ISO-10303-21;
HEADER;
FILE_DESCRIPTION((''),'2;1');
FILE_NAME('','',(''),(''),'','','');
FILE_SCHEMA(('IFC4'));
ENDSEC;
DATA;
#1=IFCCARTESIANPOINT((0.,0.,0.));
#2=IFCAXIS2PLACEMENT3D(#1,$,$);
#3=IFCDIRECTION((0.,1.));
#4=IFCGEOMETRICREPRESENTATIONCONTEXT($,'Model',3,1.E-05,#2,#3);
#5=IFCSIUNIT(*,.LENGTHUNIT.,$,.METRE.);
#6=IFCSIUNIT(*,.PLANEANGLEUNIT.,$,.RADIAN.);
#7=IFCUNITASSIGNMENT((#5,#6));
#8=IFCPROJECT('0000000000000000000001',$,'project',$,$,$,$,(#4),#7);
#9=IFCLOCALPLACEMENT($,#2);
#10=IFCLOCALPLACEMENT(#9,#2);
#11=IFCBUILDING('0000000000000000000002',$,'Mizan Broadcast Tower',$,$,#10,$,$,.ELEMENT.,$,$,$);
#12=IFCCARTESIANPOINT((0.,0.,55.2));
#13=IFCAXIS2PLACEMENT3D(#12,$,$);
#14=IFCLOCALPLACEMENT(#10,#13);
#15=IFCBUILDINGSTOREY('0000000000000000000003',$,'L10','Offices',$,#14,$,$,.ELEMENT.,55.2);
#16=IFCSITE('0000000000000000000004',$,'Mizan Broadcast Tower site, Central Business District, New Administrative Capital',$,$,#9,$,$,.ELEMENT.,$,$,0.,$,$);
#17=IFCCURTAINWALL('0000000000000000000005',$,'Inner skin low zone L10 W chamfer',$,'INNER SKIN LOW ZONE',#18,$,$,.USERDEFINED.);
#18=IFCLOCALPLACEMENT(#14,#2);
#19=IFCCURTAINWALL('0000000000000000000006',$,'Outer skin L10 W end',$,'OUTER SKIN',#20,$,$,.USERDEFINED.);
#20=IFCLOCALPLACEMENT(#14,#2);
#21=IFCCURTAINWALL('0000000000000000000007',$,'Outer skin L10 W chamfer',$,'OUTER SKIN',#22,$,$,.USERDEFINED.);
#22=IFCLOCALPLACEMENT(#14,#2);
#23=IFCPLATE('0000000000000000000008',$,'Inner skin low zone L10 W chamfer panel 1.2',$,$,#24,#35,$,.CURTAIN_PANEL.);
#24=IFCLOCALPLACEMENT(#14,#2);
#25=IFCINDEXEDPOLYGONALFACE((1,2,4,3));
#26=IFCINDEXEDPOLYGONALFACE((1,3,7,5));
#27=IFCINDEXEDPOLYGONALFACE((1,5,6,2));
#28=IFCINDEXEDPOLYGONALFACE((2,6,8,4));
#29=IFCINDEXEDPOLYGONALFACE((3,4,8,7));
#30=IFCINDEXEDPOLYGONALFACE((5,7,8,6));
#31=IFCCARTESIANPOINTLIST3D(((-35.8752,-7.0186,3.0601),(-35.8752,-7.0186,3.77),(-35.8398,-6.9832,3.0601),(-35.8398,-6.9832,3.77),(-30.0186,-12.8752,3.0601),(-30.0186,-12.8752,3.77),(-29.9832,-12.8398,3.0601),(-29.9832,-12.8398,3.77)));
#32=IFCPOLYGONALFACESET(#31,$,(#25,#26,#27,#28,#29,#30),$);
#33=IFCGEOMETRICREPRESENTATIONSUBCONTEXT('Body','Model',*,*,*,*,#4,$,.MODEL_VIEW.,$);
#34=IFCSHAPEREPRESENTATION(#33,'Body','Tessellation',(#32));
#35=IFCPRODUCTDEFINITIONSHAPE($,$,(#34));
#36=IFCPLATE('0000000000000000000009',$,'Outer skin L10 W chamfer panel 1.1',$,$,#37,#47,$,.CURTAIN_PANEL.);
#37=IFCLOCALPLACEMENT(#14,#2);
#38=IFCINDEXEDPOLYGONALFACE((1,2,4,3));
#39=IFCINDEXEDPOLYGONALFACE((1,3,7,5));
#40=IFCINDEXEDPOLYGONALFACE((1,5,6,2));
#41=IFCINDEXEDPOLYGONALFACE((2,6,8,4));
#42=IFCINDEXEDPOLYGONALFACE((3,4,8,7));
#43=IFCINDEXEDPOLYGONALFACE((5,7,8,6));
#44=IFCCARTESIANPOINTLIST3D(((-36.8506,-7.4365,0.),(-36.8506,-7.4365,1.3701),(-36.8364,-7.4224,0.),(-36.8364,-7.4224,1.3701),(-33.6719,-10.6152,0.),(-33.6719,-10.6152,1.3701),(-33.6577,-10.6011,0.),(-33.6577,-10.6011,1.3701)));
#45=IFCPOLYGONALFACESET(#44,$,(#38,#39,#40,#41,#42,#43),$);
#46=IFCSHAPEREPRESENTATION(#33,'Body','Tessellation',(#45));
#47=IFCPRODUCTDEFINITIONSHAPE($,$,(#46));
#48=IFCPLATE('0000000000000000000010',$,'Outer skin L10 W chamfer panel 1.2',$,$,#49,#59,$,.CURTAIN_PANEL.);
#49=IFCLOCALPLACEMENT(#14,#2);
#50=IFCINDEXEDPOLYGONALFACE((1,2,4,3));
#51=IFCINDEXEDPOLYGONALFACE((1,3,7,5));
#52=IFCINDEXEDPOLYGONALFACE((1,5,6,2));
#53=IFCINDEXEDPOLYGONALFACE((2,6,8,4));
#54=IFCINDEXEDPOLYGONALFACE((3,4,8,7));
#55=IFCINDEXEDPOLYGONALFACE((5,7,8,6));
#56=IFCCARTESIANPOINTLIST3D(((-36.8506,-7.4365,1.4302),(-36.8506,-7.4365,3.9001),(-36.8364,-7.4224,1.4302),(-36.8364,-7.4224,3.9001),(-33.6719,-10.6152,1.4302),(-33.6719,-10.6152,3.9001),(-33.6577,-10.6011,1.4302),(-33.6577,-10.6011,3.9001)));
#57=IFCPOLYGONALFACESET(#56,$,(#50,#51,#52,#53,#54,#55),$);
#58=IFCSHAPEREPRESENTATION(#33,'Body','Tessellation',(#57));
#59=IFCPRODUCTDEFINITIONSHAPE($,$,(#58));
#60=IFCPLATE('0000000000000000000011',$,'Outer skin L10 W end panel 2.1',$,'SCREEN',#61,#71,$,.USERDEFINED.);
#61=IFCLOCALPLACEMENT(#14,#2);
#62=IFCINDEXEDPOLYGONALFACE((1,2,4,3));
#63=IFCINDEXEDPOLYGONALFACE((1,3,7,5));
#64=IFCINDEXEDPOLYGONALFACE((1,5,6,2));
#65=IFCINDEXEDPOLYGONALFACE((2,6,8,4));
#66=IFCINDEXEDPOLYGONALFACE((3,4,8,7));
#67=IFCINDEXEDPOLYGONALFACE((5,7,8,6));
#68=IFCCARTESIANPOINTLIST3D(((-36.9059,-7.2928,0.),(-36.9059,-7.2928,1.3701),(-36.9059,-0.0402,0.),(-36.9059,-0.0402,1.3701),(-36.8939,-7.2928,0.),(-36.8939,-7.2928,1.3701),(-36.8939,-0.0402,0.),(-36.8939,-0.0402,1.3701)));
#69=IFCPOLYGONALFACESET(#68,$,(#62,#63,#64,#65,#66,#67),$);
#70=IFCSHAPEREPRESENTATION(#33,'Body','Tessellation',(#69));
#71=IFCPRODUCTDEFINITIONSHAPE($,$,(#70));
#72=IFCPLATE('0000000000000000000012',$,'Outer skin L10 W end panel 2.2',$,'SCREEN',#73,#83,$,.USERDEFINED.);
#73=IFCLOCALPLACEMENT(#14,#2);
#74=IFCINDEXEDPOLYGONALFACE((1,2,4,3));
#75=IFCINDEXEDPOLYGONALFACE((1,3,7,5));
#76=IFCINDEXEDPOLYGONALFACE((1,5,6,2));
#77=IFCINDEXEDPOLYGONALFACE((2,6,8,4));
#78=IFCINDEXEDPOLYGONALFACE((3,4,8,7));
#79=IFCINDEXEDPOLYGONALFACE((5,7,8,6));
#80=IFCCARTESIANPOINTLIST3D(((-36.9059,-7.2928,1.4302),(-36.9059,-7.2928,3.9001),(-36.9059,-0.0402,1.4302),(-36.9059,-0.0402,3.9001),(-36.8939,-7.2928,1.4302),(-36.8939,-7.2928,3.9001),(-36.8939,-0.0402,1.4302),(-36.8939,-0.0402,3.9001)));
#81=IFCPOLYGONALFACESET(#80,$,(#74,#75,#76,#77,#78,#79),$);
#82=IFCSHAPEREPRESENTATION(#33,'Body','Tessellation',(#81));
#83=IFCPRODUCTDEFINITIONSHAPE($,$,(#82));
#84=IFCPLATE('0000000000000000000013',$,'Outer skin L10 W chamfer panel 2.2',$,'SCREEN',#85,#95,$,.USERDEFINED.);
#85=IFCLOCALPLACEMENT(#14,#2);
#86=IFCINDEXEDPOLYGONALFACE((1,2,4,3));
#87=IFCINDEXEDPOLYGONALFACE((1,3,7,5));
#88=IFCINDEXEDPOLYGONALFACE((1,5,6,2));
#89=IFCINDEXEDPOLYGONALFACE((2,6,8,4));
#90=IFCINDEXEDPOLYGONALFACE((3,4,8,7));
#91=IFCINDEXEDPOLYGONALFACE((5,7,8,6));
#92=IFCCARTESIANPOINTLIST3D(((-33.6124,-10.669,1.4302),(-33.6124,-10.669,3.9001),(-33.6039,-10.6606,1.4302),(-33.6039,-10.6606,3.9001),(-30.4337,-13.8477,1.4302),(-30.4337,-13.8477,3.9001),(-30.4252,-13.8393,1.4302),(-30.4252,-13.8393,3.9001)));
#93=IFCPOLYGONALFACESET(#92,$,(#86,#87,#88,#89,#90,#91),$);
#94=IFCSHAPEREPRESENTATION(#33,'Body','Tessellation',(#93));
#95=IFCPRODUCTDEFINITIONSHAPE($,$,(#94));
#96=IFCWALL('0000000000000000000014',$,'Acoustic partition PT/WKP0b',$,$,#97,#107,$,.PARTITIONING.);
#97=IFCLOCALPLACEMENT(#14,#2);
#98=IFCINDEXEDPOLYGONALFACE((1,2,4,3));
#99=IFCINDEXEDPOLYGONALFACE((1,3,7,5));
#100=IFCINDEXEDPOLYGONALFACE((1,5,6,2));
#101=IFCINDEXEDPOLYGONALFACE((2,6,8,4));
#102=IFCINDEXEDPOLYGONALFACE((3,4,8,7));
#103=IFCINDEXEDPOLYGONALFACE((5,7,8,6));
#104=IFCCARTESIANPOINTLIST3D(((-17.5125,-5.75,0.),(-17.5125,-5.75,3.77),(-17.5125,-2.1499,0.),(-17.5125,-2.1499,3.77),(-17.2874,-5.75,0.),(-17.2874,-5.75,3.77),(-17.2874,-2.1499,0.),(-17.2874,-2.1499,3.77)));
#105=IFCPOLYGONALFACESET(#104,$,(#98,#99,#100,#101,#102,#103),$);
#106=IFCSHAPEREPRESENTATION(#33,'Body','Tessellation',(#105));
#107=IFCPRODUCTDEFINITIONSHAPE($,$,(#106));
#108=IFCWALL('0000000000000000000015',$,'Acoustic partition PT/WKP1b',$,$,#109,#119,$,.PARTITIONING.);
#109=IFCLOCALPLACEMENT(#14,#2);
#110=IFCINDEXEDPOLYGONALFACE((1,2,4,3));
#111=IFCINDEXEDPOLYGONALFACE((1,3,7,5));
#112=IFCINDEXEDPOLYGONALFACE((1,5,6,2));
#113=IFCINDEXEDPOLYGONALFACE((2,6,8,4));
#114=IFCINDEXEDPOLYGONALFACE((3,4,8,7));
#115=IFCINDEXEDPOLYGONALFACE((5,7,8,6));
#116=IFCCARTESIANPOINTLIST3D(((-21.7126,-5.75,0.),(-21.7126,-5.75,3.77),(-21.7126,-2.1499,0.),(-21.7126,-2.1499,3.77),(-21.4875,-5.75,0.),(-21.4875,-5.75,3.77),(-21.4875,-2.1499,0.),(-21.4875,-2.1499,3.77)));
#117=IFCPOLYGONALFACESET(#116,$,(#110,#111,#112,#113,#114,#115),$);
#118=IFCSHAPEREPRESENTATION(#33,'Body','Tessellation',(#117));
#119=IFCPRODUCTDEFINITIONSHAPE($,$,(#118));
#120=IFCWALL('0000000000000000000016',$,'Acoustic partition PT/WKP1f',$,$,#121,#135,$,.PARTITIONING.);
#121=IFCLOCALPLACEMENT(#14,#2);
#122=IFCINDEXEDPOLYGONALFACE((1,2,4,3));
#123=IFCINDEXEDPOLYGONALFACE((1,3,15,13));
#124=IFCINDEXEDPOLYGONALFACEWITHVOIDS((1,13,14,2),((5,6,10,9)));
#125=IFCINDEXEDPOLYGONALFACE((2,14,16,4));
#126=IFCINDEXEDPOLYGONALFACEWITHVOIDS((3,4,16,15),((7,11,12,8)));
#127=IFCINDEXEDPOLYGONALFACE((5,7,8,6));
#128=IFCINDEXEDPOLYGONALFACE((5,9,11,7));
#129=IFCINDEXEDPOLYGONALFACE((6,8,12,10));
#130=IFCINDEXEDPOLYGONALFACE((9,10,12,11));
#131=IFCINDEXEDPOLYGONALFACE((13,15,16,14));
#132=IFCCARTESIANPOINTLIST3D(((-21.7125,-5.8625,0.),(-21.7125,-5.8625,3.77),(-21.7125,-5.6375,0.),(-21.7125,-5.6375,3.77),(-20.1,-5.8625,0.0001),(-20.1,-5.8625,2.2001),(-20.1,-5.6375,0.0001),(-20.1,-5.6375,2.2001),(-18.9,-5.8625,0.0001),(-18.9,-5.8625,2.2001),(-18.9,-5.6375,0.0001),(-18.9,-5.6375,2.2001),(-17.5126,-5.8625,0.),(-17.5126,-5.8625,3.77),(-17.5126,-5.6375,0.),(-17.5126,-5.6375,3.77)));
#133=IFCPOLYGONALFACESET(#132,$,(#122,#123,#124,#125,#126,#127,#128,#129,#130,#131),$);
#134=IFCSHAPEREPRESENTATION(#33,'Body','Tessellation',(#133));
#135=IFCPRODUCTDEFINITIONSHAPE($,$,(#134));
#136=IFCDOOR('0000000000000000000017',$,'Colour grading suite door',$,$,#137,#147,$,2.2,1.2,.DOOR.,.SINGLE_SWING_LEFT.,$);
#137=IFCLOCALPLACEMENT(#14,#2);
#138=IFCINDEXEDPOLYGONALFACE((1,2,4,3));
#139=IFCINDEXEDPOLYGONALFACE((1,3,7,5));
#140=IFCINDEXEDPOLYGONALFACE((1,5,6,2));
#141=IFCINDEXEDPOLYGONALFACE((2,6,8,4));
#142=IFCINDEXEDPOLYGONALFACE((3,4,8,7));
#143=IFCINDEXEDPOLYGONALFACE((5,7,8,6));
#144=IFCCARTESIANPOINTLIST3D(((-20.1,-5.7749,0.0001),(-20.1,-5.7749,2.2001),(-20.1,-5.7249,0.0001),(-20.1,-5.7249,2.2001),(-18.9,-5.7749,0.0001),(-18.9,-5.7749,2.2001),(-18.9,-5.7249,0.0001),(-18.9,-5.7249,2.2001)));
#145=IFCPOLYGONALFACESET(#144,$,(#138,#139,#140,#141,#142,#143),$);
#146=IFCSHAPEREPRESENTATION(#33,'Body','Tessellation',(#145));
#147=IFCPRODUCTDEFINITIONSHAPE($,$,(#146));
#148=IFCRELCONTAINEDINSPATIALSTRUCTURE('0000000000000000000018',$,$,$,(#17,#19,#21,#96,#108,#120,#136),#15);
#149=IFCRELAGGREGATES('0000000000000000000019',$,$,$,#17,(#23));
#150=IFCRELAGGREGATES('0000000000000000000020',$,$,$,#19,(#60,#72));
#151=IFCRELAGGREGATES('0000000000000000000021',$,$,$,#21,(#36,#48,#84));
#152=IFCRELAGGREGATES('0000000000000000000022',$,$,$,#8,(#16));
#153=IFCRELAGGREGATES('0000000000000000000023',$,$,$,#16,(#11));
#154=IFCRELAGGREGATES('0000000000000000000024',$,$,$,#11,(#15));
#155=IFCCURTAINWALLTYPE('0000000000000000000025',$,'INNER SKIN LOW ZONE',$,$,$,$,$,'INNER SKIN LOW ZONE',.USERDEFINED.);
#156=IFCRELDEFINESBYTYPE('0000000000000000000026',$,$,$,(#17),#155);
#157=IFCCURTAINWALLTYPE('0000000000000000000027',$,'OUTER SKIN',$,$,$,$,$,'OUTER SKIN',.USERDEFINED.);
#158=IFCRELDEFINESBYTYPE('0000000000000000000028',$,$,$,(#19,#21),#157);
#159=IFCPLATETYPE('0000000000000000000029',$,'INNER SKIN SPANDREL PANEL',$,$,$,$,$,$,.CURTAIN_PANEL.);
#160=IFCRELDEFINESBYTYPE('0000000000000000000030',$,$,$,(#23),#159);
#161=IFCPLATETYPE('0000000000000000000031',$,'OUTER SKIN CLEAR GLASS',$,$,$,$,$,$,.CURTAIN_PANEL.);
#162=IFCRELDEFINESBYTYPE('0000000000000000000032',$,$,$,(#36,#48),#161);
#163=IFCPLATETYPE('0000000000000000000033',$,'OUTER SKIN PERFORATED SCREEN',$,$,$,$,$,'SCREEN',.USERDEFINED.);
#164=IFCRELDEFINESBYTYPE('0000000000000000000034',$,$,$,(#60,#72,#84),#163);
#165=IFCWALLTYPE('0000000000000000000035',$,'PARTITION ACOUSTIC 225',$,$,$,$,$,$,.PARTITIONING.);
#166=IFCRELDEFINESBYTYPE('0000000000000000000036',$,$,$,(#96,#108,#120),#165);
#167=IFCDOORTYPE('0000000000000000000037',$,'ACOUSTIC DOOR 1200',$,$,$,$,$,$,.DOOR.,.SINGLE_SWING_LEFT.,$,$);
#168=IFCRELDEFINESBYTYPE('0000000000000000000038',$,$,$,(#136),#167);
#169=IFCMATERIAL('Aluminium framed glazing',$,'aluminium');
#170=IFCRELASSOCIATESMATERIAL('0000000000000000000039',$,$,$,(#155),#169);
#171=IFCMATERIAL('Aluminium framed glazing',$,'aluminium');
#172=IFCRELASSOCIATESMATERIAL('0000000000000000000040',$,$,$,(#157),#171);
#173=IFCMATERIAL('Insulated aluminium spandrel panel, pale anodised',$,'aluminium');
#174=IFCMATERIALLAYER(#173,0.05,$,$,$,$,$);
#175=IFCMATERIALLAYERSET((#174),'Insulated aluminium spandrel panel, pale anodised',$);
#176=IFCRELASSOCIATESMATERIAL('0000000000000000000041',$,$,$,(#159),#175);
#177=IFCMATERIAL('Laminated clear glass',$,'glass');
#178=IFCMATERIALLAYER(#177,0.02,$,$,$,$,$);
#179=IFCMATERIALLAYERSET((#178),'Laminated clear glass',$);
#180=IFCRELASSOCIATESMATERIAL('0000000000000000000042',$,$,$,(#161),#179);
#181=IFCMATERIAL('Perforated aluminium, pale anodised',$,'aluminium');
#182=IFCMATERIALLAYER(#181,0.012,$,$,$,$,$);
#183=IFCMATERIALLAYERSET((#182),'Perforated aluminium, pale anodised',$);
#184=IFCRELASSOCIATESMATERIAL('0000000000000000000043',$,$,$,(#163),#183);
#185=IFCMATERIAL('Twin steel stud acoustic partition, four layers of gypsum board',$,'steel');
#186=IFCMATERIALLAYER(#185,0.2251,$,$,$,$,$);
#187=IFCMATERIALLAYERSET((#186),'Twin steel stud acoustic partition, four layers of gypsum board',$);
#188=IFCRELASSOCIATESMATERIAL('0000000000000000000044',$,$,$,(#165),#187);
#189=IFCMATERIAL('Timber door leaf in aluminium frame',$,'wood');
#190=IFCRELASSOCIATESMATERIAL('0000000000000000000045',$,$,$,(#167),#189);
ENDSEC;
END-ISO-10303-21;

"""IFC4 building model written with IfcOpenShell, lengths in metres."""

from ifc_helpers import new_model, si_unit, direction, frame, frame_2d, origin, origin_2d, place, context, subcontext, project, spatial, rectangle, extrude, material, layer, layer_set, type_object, element, fill, aggregate, save


model = new_model("IFC4")

# Units and contexts
model_context = context("Model", 3, precision=1e-05, world=origin(), true_north=direction((0.0, 1.0)))
body_context = subcontext(model_context, "Body", "Model", "MODEL_VIEW")
ifc_project = project(units=[si_unit("LENGTHUNIT", "METRE"), si_unit("PLANEANGLEUNIT", "RADIAN")], contexts=[model_context])

# Site, building, storey
site_placement = place(None, origin())
site = spatial("IfcSite", under=ifc_project, at=site_placement, Name="Mizan Broadcast Tower site, Central Business District, New Administrative Capital", CompositionType="ELEMENT", RefElevation=0.0)
building_placement = place(site_placement, origin())
building = spatial("IfcBuilding", under=site, at=building_placement, Name="Mizan Broadcast Tower", CompositionType="ELEMENT")
storey_placement = place(building_placement, frame((0.0, 0.0, 55.2)))
storey = spatial("IfcBuildingStorey", under=building, at=storey_placement, Name="L10", Description="Offices", CompositionType="ELEMENT", Elevation=55.2)

# Shared definitions
ifc_material_1 = material(Name="Aluminium framed glazing", Category="aluminium")
curtain_wall_type_1 = type_object("IfcCurtainWallType", Name="INNER SKIN LOW ZONE", ElementType="INNER SKIN LOW ZONE", PredefinedType="USERDEFINED", material=ifc_material_1)

# Curtain wall
curtain_wall_1_placement = place(storey_placement, origin())
curtain_wall_1 = element("IfcCurtainWall", 1, at=curtain_wall_1_placement, inside=storey, type_object=curtain_wall_type_1, Name="Inner skin low zone L10 W chamfer", ObjectType="INNER SKIN LOW ZONE", PredefinedType="USERDEFINED")

# Curtain wall
ifc_material_2 = material(Name="Aluminium framed glazing", Category="aluminium")
curtain_wall_type_2 = type_object("IfcCurtainWallType", Name="OUTER SKIN", ElementType="OUTER SKIN", PredefinedType="USERDEFINED", material=ifc_material_2)
curtain_wall_2_placement = place(storey_placement, origin())
curtain_wall_2 = element("IfcCurtainWall", 2, at=curtain_wall_2_placement, inside=storey, type_object=curtain_wall_type_2, Name="Outer skin L10 W end", ObjectType="OUTER SKIN", PredefinedType="USERDEFINED")

# Curtain wall
curtain_wall_3_placement = place(storey_placement, origin())
curtain_wall_3 = element("IfcCurtainWall", 3, at=curtain_wall_3_placement, inside=storey, type_object=curtain_wall_type_2, Name="Outer skin L10 W chamfer", ObjectType="OUTER SKIN", PredefinedType="USERDEFINED")

# Plates
ifc_material_3 = material(Name="Insulated aluminium spandrel panel, pale anodised", Category="aluminium")
ifc_layer_1 = layer(ifc_material_3, 0.05)
ifc_layer_set_1 = layer_set([ifc_layer_1], Name="Insulated aluminium spandrel panel, pale anodised")
plate_type_1 = type_object("IfcPlateType", Name="INNER SKIN SPANDREL PANEL", PredefinedType="CURTAIN_PANEL", material=ifc_layer_set_1)
plate_1_placement = place(storey_placement, frame((-32.9292, -9.9292, 3.0601), z_axis=(0.0, 0.0, 1.0), x_axis=(0.707107, -0.707107, 0.0)))
plate_1 = element("IfcPlate", 4, at=plate_1_placement, type_object=plate_type_1, Name="Inner skin low zone L10 W chamfer panel 1.2", PredefinedType="CURTAIN_PANEL", context=body_context, shape_type="SweptSolid", body=[
    extrude(rectangle(XDim=8.2825, YDim=0.05, at=origin_2d()), origin(), (0.0, 0.0, 1.0), 0.71),
])
aggregate(curtain_wall_1, [plate_1])
ifc_material_4 = material(Name="Laminated clear glass", Category="glass")
ifc_layer_2 = layer(ifc_material_4, 0.02)
ifc_layer_set_2 = layer_set([ifc_layer_2], Name="Laminated clear glass")
plate_type_2 = type_object("IfcPlateType", Name="OUTER SKIN CLEAR GLASS", PredefinedType="CURTAIN_PANEL", material=ifc_layer_set_2)
plate_2_placement = place(storey_placement, frame((-35.2542, -9.0188, 0.0), z_axis=(0.0, 0.0, 1.0), x_axis=(0.707107, -0.707107, 0.0)))
plate_2 = element("IfcPlate", 5, at=plate_2_placement, type_object=plate_type_2, Name="Outer skin L10 W chamfer panel 1.1", PredefinedType="CURTAIN_PANEL", context=body_context, shape_type="SweptSolid", body=[
    extrude(rectangle(XDim=4.4954, YDim=0.02, at=origin_2d()), origin(), (0.0, 0.0, 1.0), 1.3701),
])
plate_3_placement = place(storey_placement, frame((-35.2542, -9.0188, 1.4302), z_axis=(0.0, 0.0, 1.0), x_axis=(0.707107, -0.707107, 0.0)))
plate_3 = element("IfcPlate", 6, at=plate_3_placement, type_object=plate_type_2, Name="Outer skin L10 W chamfer panel 1.2", PredefinedType="CURTAIN_PANEL", context=body_context, shape_type="SweptSolid", body=[
    extrude(rectangle(XDim=4.4954, YDim=0.02, at=origin_2d()), origin(), (0.0, 0.0, 1.0), 2.47),
])
ifc_material_5 = material(Name="Perforated aluminium, pale anodised", Category="aluminium")
ifc_layer_3 = layer(ifc_material_5, 0.012)
ifc_layer_set_3 = layer_set([ifc_layer_3], Name="Perforated aluminium, pale anodised")
plate_type_3 = type_object("IfcPlateType", Name="OUTER SKIN PERFORATED SCREEN", ElementType="SCREEN", PredefinedType="USERDEFINED", material=ifc_layer_set_3)
plate_4_placement = place(storey_placement, frame((-36.8999, -3.6665, 0.0), z_axis=(0.0, 0.0, 1.0), x_axis=(0.0, -1.0, 0.0)))
plate_4 = element("IfcPlate", 7, at=plate_4_placement, type_object=plate_type_3, Name="Outer skin L10 W end panel 2.1", ObjectType="SCREEN", PredefinedType="USERDEFINED", context=body_context, shape_type="SweptSolid", body=[
    extrude(rectangle(XDim=7.2527, YDim=0.012, at=origin_2d()), origin(), (0.0, 0.0, 1.0), 1.3701),
])
plate_5_placement = place(storey_placement, frame((-36.8999, -3.6665, 1.4302), z_axis=(0.0, 0.0, 1.0), x_axis=(0.0, -1.0, 0.0)))
plate_5 = element("IfcPlate", 8, at=plate_5_placement, type_object=plate_type_3, Name="Outer skin L10 W end panel 2.2", ObjectType="SCREEN", PredefinedType="USERDEFINED", context=body_context, shape_type="SweptSolid", body=[
    extrude(rectangle(XDim=7.2527, YDim=0.012, at=origin_2d()), origin(), (0.0, 0.0, 1.0), 2.47),
])
aggregate(curtain_wall_2, [plate_4, plate_5])
plate_6_placement = place(storey_placement, frame((-32.0188, -12.2542, 1.4302), z_axis=(0.0, 0.0, 1.0), x_axis=(0.707107, -0.707107, 0.0)))
plate_6 = element("IfcPlate", 9, at=plate_6_placement, type_object=plate_type_3, Name="Outer skin L10 W chamfer panel 2.2", ObjectType="SCREEN", PredefinedType="USERDEFINED", context=body_context, shape_type="SweptSolid", body=[
    extrude(rectangle(XDim=4.4954, YDim=0.012, at=origin_2d()), origin(), (0.0, 0.0, 1.0), 2.47),
])
aggregate(curtain_wall_3, [plate_2, plate_3, plate_6])

# Walls
ifc_material_6 = material(Name="Twin steel stud acoustic partition, four layers of gypsum board", Category="steel")
ifc_layer_4 = layer(ifc_material_6, 0.2251)
ifc_layer_set_4 = layer_set([ifc_layer_4], Name="Twin steel stud acoustic partition, four layers of gypsum board")
wall_type = type_object("IfcWallType", Name="PARTITION ACOUSTIC 225", PredefinedType="PARTITIONING", material=ifc_layer_set_4)
for number, where, z_axis, x_axis, name in (
    (10, (-17.3999, -2.1499, 0.0), (0.0, 0.0, 1.0), (0.0, -1.0, 0.0), "Acoustic partition PT/WKP0b"),
    (11, (-21.6001, -2.1499, 0.0), (0.0, 0.0, 1.0), (0.0, -1.0, 0.0), "Acoustic partition PT/WKP1b"),
):
    element("IfcWall", number, at=place(storey_placement, frame(where, z_axis=z_axis, x_axis=x_axis)), inside=storey, type_object=wall_type, Name=name, PredefinedType="PARTITIONING", context=body_context, shape_type="SweptSolid", body=[
        extrude(rectangle(XDim=3.6001, YDim=0.2251, at=frame_2d((1.8, 0.0))), origin(), (0.0, 0.0, 1.0), 3.77),
    ])

# Wall, opening, door
wall_placement = place(storey_placement, frame((-17.5125, -5.75, 0.0), z_axis=(0.0, 0.0, 1.0), x_axis=(-1.0, 0.0, 0.0)))
wall = element("IfcWall", 12, at=wall_placement, inside=storey, type_object=wall_type, Name="Acoustic partition PT/WKP1f", PredefinedType="PARTITIONING", context=body_context, shape_type="SweptSolid", body=[
    extrude(rectangle(XDim=4.2, YDim=0.2251, at=frame_2d((2.1001, 0.0))), origin(), (0.0, 0.0, 1.0), 3.77),
])
opening_placement = place(wall_placement, frame((1.3875, 0.0, 0.0)))
opening = element("IfcOpeningElement", 13, at=opening_placement, cuts=wall, PredefinedType="OPENING", context=body_context, shape_type="SweptSolid", body=[
    extrude(rectangle(XDim=1.2, YDim=2.2, at=frame_2d((0.6001, 1.1001))), frame((0.0, 0.1226, 0.0), z_axis=(0.0, -1.0, 0.0), x_axis=(1.0, 0.0, 0.0)), (0.0, 0.0, 1.0), 0.2451),
])
ifc_material_7 = material(Name="Timber door leaf in aluminium frame", Category="wood")
door_type = type_object("IfcDoorType", Name="ACOUSTIC DOOR 1200", OperationType="SINGLE_SWING_LEFT", PredefinedType="DOOR", material=ifc_material_7)
door_placement = place(opening_placement, origin())
door = element("IfcDoor", 14, at=door_placement, inside=storey, type_object=door_type, Name="Colour grading suite door", OperationType="SINGLE_SWING_LEFT", OverallHeight=2.2, OverallWidth=1.2, PredefinedType="DOOR", context=body_context, shape_type="SweptSolid", body=[
    extrude(rectangle(XDim=1.2, YDim=2.2, at=frame_2d((0.6001, 1.1001))), frame((0.0, 0.0249, 0.0), z_axis=(0.0, -1.0, 0.0), x_axis=(1.0, 0.0, 0.0)), (0.0, 0.0, 1.0), 0.05),
])
fill(opening, door)

save(model, "model.ifc")
